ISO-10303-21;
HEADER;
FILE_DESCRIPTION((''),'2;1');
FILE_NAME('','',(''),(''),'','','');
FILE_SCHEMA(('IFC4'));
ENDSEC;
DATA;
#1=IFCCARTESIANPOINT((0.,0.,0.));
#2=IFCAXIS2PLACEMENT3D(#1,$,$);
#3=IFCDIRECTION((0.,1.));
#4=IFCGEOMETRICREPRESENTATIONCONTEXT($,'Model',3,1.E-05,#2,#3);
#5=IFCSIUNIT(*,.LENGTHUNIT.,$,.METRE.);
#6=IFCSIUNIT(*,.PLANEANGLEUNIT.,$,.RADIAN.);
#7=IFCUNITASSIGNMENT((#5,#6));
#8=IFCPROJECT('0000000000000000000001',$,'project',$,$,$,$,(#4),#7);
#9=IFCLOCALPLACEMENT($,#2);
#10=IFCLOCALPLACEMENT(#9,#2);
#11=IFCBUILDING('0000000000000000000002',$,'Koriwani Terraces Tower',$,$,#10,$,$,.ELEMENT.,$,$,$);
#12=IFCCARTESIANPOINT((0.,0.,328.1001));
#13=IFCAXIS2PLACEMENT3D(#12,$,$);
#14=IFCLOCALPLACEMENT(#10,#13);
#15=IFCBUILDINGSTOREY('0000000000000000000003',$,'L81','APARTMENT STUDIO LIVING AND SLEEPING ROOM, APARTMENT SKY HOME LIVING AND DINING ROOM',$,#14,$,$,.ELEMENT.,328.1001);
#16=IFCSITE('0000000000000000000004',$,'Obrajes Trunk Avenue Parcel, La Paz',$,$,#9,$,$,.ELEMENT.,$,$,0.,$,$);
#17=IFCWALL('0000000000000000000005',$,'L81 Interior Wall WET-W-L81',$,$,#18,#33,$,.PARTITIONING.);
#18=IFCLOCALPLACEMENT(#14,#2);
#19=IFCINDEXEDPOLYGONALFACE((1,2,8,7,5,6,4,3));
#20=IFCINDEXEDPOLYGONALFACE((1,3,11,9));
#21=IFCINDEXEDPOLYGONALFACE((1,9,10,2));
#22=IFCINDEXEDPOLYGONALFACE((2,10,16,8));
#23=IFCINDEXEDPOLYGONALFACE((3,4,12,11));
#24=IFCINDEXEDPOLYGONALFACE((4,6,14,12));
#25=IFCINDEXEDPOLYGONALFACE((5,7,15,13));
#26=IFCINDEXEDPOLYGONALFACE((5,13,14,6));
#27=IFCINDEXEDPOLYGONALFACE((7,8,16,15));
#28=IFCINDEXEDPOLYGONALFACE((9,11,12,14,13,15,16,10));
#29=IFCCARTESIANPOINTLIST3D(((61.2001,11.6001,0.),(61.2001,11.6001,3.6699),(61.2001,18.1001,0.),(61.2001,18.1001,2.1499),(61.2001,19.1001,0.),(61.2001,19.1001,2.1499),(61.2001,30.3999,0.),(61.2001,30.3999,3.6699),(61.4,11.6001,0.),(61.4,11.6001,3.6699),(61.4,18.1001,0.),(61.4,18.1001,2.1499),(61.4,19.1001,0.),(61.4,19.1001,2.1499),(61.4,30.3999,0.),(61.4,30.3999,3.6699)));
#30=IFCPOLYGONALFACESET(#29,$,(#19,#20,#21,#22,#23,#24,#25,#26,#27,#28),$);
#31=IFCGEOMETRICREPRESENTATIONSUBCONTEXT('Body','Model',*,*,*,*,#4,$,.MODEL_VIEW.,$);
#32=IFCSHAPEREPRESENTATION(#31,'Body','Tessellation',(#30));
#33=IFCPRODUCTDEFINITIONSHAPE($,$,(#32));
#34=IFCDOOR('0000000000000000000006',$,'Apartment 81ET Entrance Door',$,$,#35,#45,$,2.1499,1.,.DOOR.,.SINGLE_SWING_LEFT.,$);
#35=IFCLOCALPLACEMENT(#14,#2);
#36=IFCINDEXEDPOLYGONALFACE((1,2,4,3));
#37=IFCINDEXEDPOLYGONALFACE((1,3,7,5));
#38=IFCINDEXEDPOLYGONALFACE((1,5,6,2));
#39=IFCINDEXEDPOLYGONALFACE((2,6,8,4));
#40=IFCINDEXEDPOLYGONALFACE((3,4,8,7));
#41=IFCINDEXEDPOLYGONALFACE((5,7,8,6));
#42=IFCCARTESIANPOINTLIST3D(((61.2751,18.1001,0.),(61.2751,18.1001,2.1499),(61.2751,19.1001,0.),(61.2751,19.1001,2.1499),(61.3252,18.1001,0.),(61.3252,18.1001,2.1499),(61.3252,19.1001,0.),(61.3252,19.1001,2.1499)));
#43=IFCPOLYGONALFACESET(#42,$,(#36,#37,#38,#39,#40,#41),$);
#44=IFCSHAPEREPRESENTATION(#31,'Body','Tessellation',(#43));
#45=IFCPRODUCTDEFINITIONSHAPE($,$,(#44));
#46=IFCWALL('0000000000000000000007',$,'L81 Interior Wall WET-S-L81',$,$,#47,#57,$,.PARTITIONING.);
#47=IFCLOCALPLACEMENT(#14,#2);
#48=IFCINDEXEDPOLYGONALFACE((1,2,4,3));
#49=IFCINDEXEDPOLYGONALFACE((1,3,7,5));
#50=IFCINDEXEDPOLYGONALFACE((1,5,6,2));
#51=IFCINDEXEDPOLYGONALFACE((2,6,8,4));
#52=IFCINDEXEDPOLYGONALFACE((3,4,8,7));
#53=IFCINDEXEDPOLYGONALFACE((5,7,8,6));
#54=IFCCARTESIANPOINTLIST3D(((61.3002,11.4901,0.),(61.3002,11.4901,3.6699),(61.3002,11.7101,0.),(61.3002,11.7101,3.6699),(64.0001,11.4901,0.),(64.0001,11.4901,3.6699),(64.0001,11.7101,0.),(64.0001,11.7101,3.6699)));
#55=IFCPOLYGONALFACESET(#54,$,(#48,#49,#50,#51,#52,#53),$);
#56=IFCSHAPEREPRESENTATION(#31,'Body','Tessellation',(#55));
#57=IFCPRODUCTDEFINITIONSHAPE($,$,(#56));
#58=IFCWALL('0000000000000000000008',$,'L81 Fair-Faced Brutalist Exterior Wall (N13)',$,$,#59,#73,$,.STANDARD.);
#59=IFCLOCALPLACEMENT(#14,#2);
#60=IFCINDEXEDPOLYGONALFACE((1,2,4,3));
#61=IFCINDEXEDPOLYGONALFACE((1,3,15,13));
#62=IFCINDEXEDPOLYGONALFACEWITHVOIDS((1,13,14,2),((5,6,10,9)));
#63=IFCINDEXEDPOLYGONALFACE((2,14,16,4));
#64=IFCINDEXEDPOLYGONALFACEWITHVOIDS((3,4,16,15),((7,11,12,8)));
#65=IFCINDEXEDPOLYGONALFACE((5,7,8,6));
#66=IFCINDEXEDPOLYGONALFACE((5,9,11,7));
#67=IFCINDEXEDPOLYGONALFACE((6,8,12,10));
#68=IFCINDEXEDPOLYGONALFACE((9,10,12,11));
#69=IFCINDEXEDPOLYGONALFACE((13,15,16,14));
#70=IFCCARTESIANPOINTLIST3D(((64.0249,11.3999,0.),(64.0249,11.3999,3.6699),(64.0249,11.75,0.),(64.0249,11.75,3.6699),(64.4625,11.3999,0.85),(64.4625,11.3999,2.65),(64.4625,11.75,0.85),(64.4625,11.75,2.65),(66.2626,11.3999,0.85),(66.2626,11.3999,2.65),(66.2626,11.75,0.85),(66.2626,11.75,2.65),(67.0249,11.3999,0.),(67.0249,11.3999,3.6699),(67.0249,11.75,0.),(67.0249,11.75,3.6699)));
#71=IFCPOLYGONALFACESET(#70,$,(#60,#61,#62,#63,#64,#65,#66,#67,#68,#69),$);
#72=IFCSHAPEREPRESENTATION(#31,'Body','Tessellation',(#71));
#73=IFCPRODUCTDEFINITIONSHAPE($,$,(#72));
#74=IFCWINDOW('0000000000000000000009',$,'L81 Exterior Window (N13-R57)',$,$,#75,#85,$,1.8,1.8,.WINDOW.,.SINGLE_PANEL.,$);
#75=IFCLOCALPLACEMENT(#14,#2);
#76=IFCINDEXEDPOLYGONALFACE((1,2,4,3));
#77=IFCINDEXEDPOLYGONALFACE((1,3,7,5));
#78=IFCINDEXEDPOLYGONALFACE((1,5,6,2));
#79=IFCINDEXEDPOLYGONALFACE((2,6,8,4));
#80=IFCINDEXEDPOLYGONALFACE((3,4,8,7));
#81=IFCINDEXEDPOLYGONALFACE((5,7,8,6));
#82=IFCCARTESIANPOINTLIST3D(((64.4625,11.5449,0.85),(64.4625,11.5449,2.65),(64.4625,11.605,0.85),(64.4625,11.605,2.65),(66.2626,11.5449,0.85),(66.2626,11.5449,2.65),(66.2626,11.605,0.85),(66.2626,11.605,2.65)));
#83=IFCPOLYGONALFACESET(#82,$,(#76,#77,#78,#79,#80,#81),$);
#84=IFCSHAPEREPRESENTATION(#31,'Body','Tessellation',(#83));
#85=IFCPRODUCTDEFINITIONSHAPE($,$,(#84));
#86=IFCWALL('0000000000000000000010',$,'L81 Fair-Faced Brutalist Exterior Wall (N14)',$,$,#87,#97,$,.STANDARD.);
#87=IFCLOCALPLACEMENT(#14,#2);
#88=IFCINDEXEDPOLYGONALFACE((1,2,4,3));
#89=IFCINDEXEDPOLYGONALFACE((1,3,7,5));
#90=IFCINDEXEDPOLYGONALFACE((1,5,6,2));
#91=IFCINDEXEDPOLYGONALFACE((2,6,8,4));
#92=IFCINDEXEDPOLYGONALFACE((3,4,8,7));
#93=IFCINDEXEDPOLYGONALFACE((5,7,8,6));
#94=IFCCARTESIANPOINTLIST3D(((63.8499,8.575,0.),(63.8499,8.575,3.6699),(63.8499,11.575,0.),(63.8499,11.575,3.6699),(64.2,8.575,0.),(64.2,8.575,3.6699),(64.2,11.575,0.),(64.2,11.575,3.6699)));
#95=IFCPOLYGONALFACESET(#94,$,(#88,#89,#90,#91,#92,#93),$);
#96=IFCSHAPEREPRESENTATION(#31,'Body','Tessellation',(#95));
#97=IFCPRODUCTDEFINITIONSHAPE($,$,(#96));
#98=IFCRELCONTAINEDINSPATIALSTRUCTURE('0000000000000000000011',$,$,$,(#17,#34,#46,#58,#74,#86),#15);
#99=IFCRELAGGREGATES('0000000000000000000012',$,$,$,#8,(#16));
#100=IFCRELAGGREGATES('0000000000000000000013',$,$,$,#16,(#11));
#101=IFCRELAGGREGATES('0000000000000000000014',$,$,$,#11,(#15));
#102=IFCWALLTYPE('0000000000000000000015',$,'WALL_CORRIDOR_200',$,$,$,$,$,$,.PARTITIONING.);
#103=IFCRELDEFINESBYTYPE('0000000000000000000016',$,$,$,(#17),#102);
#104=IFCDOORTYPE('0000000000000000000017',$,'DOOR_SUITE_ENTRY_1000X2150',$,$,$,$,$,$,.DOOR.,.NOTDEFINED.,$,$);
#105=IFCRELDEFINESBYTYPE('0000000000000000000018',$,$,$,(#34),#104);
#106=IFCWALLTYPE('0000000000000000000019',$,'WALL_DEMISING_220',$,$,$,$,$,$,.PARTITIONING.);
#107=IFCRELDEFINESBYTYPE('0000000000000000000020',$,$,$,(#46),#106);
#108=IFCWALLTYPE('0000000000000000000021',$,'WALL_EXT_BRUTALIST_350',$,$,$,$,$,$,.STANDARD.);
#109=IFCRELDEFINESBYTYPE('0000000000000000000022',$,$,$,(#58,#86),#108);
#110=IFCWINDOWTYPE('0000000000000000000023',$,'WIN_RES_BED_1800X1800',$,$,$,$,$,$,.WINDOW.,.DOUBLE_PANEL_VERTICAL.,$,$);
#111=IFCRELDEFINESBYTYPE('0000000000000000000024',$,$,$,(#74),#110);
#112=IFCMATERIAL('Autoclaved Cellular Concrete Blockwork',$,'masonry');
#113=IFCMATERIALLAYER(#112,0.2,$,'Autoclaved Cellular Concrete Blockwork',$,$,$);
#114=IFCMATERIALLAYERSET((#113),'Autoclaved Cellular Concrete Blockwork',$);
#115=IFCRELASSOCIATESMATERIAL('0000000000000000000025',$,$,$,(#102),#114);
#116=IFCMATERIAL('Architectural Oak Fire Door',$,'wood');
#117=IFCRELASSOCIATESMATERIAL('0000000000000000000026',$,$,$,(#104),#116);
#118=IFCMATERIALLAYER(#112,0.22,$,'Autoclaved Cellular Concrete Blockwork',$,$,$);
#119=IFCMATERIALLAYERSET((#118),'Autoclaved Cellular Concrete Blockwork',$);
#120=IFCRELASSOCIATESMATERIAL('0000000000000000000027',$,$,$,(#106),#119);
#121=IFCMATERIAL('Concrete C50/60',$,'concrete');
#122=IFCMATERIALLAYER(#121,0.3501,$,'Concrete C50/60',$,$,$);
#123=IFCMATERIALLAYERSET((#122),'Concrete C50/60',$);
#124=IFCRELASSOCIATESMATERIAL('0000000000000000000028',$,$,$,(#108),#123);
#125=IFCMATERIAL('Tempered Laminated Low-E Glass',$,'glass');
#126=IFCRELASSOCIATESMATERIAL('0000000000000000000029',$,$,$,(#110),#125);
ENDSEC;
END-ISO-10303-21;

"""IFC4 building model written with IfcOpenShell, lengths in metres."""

from ifc_helpers import new_model, si_unit, direction, frame, frame_2d, origin, place, context, subcontext, project, spatial, rectangle, extrude, material, layer, layer_set, type_object, element, fill, save


model = new_model("IFC4")

# Units and contexts
model_context = context("Model", 3, precision=1e-05, world=origin(), true_north=direction((0.0, 1.0)))
body_context = subcontext(model_context, "Body", "Model", "MODEL_VIEW")
ifc_project = project(units=[si_unit("LENGTHUNIT", "METRE"), si_unit("PLANEANGLEUNIT", "RADIAN")], contexts=[model_context])

# Site, building, storey
site_placement = place(None, origin())
site = spatial("IfcSite", under=ifc_project, at=site_placement, Name="Obrajes Trunk Avenue Parcel, La Paz", CompositionType="ELEMENT", RefElevation=0.0)
building_placement = place(site_placement, origin())
building = spatial("IfcBuilding", under=site, at=building_placement, Name="Koriwani Terraces Tower", CompositionType="ELEMENT")
storey_placement = place(building_placement, frame((0.0, 0.0, 328.1001)))
storey = spatial("IfcBuildingStorey", under=building, at=storey_placement, Name="L81", Description="APARTMENT STUDIO LIVING AND SLEEPING ROOM, APARTMENT SKY HOME LIVING AND DINING ROOM", CompositionType="ELEMENT", Elevation=328.1001)

# Shared definitions
ifc_material_1 = material(Name="Concrete C50/60", Category="concrete")

# Wall, opening, door
ifc_material_2 = material(Name="Autoclaved Cellular Concrete Blockwork", Category="masonry")
ifc_layer_1 = layer(ifc_material_2, 0.2, Name="Autoclaved Cellular Concrete Blockwork")
ifc_layer_set_1 = layer_set([ifc_layer_1], Name="Autoclaved Cellular Concrete Blockwork")
wall_type_1 = type_object("IfcWallType", Name="WALL_CORRIDOR_200", PredefinedType="PARTITIONING", material=ifc_layer_set_1)
ifc_material_3 = material(Name="Architectural Oak Fire Door", Category="wood")
wall_1_placement = place(storey_placement, frame((61.3, 11.6001, 0.0), z_axis=(0.0, 0.0, 1.0), x_axis=(0.0, 1.0, 0.0)))
wall_1 = element("IfcWall", 1, at=wall_1_placement, inside=storey, type_object=wall_type_1, Name="L81 Interior Wall WET-W-L81", PredefinedType="PARTITIONING", context=body_context, shape_type="SweptSolid", body=[
    extrude(rectangle(XDim=18.7998, YDim=0.2, at=frame_2d((9.3999, 0.0))), origin(), (0.0, 0.0, 1.0), 3.6699),
])
opening_1_placement = place(wall_1_placement, frame((6.5, 0.0, 0.0)))
opening_1 = element("IfcOpeningElement", 2, at=opening_1_placement, cuts=wall_1, PredefinedType="OPENING", context=body_context, shape_type="SweptSolid", body=[
    extrude(rectangle(XDim=1.0, YDim=2.1499, at=frame_2d((0.5, 1.075))), frame((0.0, 0.1099, 0.0), z_axis=(0.0, -1.0, 0.0), x_axis=(1.0, 0.0, 0.0)), (0.0, 0.0, 1.0), 0.22),
])
door_type_1 = type_object("IfcDoorType", Name="DOOR_SUITE_ENTRY_1000X2150", OperationType="NOTDEFINED", PredefinedType="DOOR", material=ifc_material_3)
door_1_placement = place(opening_1_placement, origin())
door_1 = element("IfcDoor", 3, at=door_1_placement, inside=storey, type_object=door_type_1, Name="Apartment 81ET Entrance Door", OperationType="SINGLE_SWING_LEFT", OverallHeight=2.1499, OverallWidth=1.0, PredefinedType="DOOR", context=body_context, shape_type="SweptSolid", body=[
    extrude(rectangle(XDim=1.0, YDim=2.1499, at=frame_2d((0.5, 1.075))), frame((0.0, 0.0249, 0.0), z_axis=(0.0, -1.0, 0.0), x_axis=(1.0, 0.0, 0.0)), (0.0, 0.0, 1.0), 0.05),
])
fill(opening_1, door_1)

# Wall
ifc_layer_2 = layer(ifc_material_2, 0.22, Name="Autoclaved Cellular Concrete Blockwork")
ifc_layer_set_2 = layer_set([ifc_layer_2], Name="Autoclaved Cellular Concrete Blockwork")
wall_type_2 = type_object("IfcWallType", Name="WALL_DEMISING_220", PredefinedType="PARTITIONING", material=ifc_layer_set_2)
wall_2_placement = place(storey_placement, frame((61.3, 11.6001, 0.0), z_axis=(0.0, 0.0, 1.0), x_axis=(1.0, 0.0, 0.0)))
element("IfcWall", 4, at=wall_2_placement, inside=storey, type_object=wall_type_2, Name="L81 Interior Wall WET-S-L81", PredefinedType="PARTITIONING", context=body_context, shape_type="SweptSolid", body=[
    extrude(rectangle(XDim=2.7, YDim=0.22, at=frame_2d((1.3501, 0.0))), origin(), (0.0, 0.0, 1.0), 3.6699),
])

# Wall, opening, window
ifc_layer_3 = layer(ifc_material_1, 0.3501, Name="Concrete C50/60")
ifc_layer_set_3 = layer_set([ifc_layer_3], Name="Concrete C50/60")
wall_type_3 = type_object("IfcWallType", Name="WALL_EXT_BRUTALIST_350", PredefinedType="STANDARD", material=ifc_layer_set_3)
wall_3_placement = place(storey_placement, frame((67.0249, 11.575, 0.0), z_axis=(0.0, 0.0, 1.0), x_axis=(-1.0, 0.0, 0.0)))
wall_3 = element("IfcWall", 5, at=wall_3_placement, inside=storey, type_object=wall_type_3, Name="L81 Fair-Faced Brutalist Exterior Wall (N13)", PredefinedType="STANDARD", context=body_context, shape_type="SweptSolid", body=[
    extrude(rectangle(XDim=3.0, YDim=0.3501, at=frame_2d((1.5, 0.0))), origin(), (0.0, 0.0, 1.0), 3.6699),
])
opening_2_placement = place(wall_3_placement, frame((0.7625, 0.0, 0.8501)))
opening_2 = element("IfcOpeningElement", 6, at=opening_2_placement, cuts=wall_3, PredefinedType="OPENING", context=body_context, shape_type="SweptSolid", body=[
    extrude(rectangle(XDim=1.8, YDim=1.8, at=frame_2d((0.8999, 0.8999))), frame((0.0, 0.1851, 0.0), z_axis=(0.0, -1.0, 0.0), x_axis=(1.0, 0.0, 0.0)), (0.0, 0.0, 1.0), 0.3701),
])
ifc_material_4 = material(Name="Tempered Laminated Low-E Glass", Category="glass")
window_type_1 = type_object("IfcWindowType", Name="WIN_RES_BED_1800X1800", PartitioningType="DOUBLE_PANEL_VERTICAL", PredefinedType="WINDOW", material=ifc_material_4)
window_1_placement = place(opening_2_placement, origin())
window_1 = element("IfcWindow", 7, at=window_1_placement, inside=storey, type_object=window_type_1, Name="L81 Exterior Window (N13-R57)", OverallHeight=1.8, OverallWidth=1.8, PartitioningType="SINGLE_PANEL", PredefinedType="WINDOW", context=body_context, shape_type="SweptSolid", body=[
    extrude(rectangle(XDim=1.8, YDim=1.8, at=frame_2d((0.8999, 0.8999))), frame((0.0, 0.03, 0.0), z_axis=(0.0, -1.0, 0.0), x_axis=(1.0, 0.0, 0.0)), (0.0, 0.0, 1.0), 0.0601),
])
fill(opening_2, window_1)

# Wall
wall_4_placement = place(storey_placement, frame((64.0249, 11.575, 0.0), z_axis=(0.0, 0.0, 1.0), x_axis=(0.0, -1.0, 0.0)))
element("IfcWall", 8, at=wall_4_placement, inside=storey, type_object=wall_type_3, Name="L81 Fair-Faced Brutalist Exterior Wall (N14)", PredefinedType="STANDARD", context=body_context, shape_type="SweptSolid", body=[
    extrude(rectangle(XDim=3.0, YDim=0.3501, at=frame_2d((1.5, 0.0))), origin(), (0.0, 0.0, 1.0), 3.6699),
])

save(model, "model.ifc")
